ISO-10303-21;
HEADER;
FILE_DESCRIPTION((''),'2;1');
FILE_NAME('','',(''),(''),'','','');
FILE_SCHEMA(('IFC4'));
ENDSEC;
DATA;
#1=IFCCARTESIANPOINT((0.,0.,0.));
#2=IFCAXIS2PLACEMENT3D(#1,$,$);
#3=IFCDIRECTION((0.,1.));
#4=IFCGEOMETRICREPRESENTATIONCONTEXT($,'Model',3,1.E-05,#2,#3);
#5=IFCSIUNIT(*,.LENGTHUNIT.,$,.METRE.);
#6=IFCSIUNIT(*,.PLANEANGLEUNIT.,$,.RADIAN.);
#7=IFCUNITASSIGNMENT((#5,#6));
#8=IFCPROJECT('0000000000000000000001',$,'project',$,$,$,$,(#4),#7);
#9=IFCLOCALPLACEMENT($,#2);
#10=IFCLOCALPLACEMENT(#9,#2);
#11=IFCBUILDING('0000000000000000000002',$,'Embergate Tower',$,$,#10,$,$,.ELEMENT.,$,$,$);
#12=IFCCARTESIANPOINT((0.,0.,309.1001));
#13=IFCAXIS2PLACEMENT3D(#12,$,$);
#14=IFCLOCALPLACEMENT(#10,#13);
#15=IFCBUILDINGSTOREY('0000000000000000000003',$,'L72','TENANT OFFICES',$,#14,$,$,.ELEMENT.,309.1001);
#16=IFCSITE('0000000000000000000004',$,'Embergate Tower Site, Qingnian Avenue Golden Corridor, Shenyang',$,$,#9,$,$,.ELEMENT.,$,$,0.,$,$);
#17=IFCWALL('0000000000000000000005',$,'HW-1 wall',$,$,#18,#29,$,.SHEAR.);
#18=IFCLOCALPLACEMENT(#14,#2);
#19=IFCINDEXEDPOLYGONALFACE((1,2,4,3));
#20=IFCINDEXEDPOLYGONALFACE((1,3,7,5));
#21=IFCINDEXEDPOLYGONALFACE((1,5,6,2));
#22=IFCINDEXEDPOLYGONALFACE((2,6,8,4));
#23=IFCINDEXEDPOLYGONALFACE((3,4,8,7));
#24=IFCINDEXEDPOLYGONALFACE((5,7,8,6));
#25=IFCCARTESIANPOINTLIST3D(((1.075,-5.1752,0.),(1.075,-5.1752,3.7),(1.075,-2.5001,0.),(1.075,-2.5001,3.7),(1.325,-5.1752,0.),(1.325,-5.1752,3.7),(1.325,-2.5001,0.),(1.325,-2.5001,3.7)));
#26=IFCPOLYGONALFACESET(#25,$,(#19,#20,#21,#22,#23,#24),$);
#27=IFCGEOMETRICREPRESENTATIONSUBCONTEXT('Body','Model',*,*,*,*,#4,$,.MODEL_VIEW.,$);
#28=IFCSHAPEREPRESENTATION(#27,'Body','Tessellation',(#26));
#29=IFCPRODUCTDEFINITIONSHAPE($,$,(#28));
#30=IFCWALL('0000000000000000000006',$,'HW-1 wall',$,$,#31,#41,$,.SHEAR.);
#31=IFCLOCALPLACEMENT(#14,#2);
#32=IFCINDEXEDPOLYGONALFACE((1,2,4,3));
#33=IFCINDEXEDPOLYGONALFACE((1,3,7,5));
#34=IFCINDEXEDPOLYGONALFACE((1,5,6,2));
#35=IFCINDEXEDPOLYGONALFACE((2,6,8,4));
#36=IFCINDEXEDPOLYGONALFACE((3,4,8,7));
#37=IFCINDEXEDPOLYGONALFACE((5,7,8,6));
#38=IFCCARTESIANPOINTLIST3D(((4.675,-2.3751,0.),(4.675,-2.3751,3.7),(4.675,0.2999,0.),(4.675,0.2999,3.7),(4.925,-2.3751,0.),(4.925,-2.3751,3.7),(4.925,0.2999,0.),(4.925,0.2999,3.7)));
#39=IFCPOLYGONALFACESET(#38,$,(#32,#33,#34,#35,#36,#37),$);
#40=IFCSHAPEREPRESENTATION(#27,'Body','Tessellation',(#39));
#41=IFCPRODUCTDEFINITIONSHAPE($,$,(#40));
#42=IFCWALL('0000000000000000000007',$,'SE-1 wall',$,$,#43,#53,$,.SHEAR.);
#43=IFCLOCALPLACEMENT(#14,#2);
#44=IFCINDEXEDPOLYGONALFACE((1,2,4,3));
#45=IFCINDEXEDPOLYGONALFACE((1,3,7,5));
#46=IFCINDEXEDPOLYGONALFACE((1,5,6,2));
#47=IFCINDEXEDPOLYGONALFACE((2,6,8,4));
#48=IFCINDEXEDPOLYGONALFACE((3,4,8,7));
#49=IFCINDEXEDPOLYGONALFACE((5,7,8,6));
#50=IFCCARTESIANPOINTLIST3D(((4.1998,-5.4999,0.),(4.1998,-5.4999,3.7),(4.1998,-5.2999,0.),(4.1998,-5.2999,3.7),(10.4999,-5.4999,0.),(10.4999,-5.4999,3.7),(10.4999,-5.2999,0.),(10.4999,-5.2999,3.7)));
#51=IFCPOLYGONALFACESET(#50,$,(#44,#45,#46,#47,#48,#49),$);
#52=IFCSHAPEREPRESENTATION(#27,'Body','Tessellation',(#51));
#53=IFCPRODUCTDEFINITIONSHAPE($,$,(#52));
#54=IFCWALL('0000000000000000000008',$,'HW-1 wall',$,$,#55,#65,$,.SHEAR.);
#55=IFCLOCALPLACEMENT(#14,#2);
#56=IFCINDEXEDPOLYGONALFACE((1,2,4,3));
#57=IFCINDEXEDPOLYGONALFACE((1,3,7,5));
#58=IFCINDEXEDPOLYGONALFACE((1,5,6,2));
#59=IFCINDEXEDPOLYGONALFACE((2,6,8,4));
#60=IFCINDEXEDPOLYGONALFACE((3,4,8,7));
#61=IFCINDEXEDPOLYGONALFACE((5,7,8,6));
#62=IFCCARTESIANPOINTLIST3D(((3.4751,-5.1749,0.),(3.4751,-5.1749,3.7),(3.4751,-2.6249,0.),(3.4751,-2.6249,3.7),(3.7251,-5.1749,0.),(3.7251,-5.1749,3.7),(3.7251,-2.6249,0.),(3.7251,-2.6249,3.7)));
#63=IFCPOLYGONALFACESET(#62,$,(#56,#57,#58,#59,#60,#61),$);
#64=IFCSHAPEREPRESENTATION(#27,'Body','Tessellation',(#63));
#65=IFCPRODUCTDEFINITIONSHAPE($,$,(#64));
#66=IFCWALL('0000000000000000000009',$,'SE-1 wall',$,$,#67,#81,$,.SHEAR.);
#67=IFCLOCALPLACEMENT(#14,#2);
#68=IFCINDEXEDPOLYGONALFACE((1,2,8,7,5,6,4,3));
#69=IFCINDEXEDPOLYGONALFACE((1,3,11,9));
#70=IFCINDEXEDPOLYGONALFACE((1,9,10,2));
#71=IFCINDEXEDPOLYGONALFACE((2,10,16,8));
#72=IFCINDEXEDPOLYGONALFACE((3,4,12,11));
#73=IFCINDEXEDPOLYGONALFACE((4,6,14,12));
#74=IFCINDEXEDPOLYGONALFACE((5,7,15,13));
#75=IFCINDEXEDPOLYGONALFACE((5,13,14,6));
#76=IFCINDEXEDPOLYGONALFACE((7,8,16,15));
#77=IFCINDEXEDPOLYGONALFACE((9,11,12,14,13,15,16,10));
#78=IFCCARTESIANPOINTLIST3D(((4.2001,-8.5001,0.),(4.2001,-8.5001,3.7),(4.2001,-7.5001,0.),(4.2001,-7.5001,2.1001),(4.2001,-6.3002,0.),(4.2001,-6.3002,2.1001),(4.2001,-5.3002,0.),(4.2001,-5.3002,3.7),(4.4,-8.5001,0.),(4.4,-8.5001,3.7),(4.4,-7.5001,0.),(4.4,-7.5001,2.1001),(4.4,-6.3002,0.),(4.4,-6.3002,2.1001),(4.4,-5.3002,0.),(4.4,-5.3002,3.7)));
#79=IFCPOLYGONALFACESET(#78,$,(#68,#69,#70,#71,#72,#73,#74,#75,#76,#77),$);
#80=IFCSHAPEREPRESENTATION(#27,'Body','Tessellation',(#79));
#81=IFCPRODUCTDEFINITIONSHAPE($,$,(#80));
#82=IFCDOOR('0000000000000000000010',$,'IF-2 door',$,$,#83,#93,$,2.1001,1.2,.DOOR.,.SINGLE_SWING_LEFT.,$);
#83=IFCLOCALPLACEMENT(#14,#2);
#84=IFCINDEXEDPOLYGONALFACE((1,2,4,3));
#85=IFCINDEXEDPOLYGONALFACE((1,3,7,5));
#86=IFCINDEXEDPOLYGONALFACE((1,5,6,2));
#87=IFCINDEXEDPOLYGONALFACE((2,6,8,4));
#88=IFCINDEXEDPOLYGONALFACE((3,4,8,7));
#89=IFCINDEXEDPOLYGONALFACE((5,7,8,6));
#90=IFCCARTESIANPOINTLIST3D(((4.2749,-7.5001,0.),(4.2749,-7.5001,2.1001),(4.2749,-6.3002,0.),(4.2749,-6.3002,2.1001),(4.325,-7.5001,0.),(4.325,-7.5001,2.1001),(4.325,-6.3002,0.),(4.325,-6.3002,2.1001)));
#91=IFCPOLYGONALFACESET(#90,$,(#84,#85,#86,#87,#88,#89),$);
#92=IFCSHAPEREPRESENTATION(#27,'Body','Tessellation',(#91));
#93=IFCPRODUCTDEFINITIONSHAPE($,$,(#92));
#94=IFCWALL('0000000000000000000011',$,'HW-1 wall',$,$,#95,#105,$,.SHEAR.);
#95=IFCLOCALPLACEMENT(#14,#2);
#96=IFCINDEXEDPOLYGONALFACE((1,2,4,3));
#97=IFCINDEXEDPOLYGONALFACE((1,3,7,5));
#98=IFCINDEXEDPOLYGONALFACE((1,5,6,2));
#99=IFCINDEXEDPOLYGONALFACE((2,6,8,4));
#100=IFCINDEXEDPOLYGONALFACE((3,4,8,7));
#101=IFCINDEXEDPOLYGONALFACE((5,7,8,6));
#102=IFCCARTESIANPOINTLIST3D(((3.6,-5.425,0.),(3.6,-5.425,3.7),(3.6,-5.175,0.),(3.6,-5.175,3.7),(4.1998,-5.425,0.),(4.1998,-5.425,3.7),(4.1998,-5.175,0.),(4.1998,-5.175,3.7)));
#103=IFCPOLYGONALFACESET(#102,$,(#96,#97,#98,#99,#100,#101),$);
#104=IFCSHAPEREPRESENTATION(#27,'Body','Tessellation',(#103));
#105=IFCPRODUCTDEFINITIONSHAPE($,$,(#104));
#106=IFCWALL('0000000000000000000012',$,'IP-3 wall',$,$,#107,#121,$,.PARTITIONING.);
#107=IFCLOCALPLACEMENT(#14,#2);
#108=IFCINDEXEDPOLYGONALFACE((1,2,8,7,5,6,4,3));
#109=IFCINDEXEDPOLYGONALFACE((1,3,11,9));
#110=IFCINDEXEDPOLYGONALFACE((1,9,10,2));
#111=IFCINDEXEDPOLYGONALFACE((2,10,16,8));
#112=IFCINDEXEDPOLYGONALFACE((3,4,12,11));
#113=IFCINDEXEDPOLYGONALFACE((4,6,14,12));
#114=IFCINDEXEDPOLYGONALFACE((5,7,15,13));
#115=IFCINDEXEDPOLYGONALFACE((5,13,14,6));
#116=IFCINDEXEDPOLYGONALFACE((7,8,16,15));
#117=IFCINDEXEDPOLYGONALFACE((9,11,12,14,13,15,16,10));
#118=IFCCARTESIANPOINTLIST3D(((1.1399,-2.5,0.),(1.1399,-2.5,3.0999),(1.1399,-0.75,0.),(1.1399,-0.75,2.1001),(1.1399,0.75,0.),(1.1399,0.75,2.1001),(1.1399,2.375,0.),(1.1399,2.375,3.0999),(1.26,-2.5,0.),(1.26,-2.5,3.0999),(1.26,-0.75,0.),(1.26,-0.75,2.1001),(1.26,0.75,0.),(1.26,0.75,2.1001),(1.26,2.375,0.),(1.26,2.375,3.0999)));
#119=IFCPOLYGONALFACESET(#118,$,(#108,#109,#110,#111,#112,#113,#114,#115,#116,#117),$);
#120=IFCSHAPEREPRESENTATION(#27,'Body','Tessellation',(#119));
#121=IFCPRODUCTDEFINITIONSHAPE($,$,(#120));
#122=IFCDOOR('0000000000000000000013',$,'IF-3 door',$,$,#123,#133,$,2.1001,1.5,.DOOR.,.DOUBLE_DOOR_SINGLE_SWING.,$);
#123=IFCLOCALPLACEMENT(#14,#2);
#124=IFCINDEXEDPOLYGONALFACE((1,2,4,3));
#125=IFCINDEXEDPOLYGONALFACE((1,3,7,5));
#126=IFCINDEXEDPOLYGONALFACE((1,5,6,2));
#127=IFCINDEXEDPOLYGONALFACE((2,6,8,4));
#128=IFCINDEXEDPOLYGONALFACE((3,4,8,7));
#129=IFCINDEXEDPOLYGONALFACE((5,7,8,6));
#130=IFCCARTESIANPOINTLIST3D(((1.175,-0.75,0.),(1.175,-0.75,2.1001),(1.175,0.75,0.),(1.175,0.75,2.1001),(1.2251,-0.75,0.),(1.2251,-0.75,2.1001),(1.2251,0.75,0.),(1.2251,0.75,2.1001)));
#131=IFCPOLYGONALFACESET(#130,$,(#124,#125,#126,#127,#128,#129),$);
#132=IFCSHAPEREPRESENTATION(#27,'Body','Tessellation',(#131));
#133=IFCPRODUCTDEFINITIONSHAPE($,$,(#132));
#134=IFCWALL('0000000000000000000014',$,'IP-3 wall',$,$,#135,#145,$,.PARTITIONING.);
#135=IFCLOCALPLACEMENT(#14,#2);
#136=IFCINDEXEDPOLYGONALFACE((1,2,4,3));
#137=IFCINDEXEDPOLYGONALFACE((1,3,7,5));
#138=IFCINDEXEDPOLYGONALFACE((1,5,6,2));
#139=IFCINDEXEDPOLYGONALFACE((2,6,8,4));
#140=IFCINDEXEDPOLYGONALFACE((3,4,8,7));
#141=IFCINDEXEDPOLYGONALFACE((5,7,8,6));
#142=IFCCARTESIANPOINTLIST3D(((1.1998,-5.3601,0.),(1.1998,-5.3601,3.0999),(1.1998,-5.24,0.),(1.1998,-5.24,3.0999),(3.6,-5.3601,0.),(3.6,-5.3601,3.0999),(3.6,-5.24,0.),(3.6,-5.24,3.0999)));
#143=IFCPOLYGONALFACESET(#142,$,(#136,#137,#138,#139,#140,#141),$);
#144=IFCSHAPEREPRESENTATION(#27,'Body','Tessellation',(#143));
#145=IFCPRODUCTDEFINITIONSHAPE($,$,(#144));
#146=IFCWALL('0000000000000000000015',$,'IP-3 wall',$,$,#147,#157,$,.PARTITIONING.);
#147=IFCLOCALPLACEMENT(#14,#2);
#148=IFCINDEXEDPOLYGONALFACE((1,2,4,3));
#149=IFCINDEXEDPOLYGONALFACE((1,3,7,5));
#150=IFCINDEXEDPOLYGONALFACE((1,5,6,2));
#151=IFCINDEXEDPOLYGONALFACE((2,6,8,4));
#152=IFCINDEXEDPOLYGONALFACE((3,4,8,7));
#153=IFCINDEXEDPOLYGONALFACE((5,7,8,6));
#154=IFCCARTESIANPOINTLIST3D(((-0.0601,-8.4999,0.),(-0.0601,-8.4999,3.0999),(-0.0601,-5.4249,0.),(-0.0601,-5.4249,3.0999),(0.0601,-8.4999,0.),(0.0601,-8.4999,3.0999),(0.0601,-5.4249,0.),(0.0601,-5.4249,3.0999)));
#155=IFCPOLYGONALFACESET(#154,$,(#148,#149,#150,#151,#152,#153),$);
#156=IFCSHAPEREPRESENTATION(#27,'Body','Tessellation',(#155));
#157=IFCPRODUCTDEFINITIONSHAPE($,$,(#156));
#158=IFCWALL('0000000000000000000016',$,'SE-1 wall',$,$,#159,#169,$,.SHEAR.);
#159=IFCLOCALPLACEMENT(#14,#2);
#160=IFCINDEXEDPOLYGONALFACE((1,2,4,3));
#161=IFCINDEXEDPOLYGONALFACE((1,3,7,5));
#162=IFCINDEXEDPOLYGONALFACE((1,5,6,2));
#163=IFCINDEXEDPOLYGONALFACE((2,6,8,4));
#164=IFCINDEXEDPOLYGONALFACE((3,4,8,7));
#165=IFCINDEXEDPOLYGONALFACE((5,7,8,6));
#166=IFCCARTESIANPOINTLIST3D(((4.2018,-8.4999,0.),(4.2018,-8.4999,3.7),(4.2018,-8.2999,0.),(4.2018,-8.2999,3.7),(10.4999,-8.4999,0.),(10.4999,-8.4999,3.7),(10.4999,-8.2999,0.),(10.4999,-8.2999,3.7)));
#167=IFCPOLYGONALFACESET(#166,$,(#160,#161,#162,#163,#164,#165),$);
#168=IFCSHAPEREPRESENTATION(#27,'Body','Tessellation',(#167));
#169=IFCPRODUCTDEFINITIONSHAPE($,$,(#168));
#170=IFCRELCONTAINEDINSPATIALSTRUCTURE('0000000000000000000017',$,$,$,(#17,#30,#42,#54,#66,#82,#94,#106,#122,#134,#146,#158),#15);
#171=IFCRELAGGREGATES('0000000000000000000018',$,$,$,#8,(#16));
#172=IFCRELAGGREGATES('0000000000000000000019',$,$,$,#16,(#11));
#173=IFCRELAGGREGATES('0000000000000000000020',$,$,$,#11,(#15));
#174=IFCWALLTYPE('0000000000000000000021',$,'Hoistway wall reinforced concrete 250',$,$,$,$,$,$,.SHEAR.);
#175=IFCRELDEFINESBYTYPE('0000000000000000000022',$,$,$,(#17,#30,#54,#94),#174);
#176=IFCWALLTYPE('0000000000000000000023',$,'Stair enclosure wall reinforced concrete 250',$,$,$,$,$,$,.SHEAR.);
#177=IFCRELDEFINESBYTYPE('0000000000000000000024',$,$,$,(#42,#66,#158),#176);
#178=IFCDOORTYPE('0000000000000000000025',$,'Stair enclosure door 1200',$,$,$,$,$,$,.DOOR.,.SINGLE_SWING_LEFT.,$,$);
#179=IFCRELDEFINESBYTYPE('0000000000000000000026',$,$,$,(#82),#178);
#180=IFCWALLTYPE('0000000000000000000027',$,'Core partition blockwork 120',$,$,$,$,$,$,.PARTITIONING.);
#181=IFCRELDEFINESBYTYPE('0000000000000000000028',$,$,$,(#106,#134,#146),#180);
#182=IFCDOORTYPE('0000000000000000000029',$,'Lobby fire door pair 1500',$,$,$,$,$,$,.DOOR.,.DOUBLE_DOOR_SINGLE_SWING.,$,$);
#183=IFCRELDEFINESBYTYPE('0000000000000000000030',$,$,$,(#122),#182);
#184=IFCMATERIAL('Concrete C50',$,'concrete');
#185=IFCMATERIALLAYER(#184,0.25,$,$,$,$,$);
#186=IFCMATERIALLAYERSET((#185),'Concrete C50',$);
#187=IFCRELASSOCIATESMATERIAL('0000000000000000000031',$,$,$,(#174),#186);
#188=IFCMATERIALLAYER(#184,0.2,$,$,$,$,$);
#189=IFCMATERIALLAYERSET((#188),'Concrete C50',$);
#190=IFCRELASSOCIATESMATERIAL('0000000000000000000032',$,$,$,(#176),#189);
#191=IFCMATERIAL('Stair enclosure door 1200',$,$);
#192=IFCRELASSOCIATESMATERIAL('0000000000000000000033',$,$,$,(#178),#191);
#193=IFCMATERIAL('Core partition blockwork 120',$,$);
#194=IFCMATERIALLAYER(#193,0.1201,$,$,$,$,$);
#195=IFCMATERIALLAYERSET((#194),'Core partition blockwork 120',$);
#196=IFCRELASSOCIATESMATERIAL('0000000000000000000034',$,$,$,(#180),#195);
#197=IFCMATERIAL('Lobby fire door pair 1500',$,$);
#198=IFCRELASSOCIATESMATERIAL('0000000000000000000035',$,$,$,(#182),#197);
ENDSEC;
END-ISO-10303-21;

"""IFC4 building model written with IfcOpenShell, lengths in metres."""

from ifc_helpers import new_model, si_unit, direction, frame, frame_2d, origin, place, context, subcontext, project, spatial, rectangle, extrude, source, transform, mapped, material, layer, layer_set, type_object, element, fill, save


model = new_model("IFC4")

# Units and contexts
model_context = context("Model", 3, precision=1e-05, world=origin(), true_north=direction((0.0, 1.0)))
body_context = subcontext(model_context, "Body", "Model", "MODEL_VIEW")
ifc_project = project(units=[si_unit("LENGTHUNIT", "METRE"), si_unit("PLANEANGLEUNIT", "RADIAN")], contexts=[model_context])

# Site, building, storey
site_placement = place(None, origin())
site = spatial("IfcSite", under=ifc_project, at=site_placement, Name="Embergate Tower Site, Qingnian Avenue Golden Corridor, Shenyang", CompositionType="ELEMENT", RefElevation=0.0)
building_placement = place(site_placement, origin())
building = spatial("IfcBuilding", under=site, at=building_placement, Name="Embergate Tower", CompositionType="ELEMENT")
storey_placement = place(building_placement, frame((0.0, 0.0, 309.1001)))
storey = spatial("IfcBuildingStorey", under=building, at=storey_placement, Name="L72", Description="TENANT OFFICES", CompositionType="ELEMENT", Elevation=309.1001)

# Walls
ifc_material_1 = material(Name="Concrete C50", Category="concrete")
ifc_layer_1 = layer(ifc_material_1, 0.25)
ifc_layer_set_1 = layer_set([ifc_layer_1], Name="Concrete C50")
wall_type_1 = type_object("IfcWallType", Name="Hoistway wall reinforced concrete 250", PredefinedType="SHEAR", material=ifc_layer_set_1)
shared_shape_1 = source(origin(), body_context, "Body", "SweptSolid", [
    extrude(rectangle(XDim=2.675, YDim=0.25, at=frame_2d((1.3374, 0.0))), origin(), (0.0, 0.0, 1.0), 3.7),
])
for number, where, z_axis, x_axis, name in (
    (1, (1.2, -5.175, 0.0), (0.0, 0.0, 1.0), (0.0, 1.0, 0.0), "HW-1 wall"),
    (2, (4.8, -2.375, 0.0), (0.0, 0.0, 1.0), (0.0, 1.0, 0.0), "HW-1 wall"),
):
    element("IfcWall", number, at=place(storey_placement, frame(where, z_axis=z_axis, x_axis=x_axis)), inside=storey, type_object=wall_type_1, Name=name, PredefinedType="SHEAR", context=body_context, shape_type="MappedRepresentation", body=[
        mapped(shared_shape_1, transform((0.0, 0.0, 0.0))),
    ])
ifc_layer_2 = layer(ifc_material_1, 0.2)
ifc_layer_set_2 = layer_set([ifc_layer_2], Name="Concrete C50")
wall_type_2 = type_object("IfcWallType", Name="Stair enclosure wall reinforced concrete 250", PredefinedType="SHEAR", material=ifc_layer_set_2)
shared_shape_2 = source(origin(), body_context, "Body", "SweptSolid", [
    extrude(rectangle(XDim=6.3, YDim=0.2, at=frame_2d((3.1499, 0.0))), origin(), (0.0, 0.0, 1.0), 3.7),
])
wall_1_placement = place(storey_placement, frame((4.2, -5.3999, 0.0), z_axis=(0.0, 0.0, 1.0), x_axis=(1.0, 0.0, 0.0)))
element("IfcWall", 3, at=wall_1_placement, inside=storey, type_object=wall_type_2, Name="SE-1 wall", PredefinedType="SHEAR", context=body_context, shape_type="MappedRepresentation", body=[
    mapped(shared_shape_2, transform((0.0, 0.0, 0.0))),
])
shared_shape_3 = source(origin(), body_context, "Body", "SweptSolid", [
    extrude(rectangle(XDim=2.55, YDim=0.25, at=frame_2d((1.2749, 0.0))), origin(), (0.0, 0.0, 1.0), 3.7),
])
wall_2_placement = place(storey_placement, frame((3.6001, -2.625, 0.0), z_axis=(0.0, 0.0, 1.0), x_axis=(0.0, -1.0, 0.0)))
element("IfcWall", 4, at=wall_2_placement, inside=storey, type_object=wall_type_1, Name="HW-1 wall", PredefinedType="SHEAR", context=body_context, shape_type="MappedRepresentation", body=[
    mapped(shared_shape_3, transform((0.0, 0.0, 0.0))),
])

# Wall, opening, door
shared_shape_4 = source(origin(), body_context, "Body", "SweptSolid", [
    extrude(rectangle(XDim=3.2, YDim=0.2, at=frame_2d((1.6001, 0.0))), origin(), (0.0, 0.0, 1.0), 3.7),
])
wall_3_placement = place(storey_placement, frame((4.3, -5.3, 0.0), z_axis=(0.0, 0.0, 1.0), x_axis=(0.0, -1.0, 0.0)))
wall_3 = element("IfcWall", 5, at=wall_3_placement, inside=storey, type_object=wall_type_2, Name="SE-1 wall", PredefinedType="SHEAR", context=body_context, shape_type="MappedRepresentation", body=[
    mapped(shared_shape_4, transform((0.0, 0.0, 0.0))),
])
shared_shape_5 = source(origin(), body_context, "Body", "SweptSolid", [
    extrude(rectangle(XDim=1.2, YDim=2.1001, at=frame_2d((0.6001, 1.05))), frame((0.0, 0.1099, 0.0), z_axis=(0.0, -1.0, 0.0), x_axis=(1.0, 0.0, 0.0)), (0.0, 0.0, 1.0), 0.22),
])
opening_1_placement = place(wall_3_placement, frame((1.0, 0.0, 0.0)))
opening_1 = element("IfcOpeningElement", 6, at=opening_1_placement, cuts=wall_3, PredefinedType="OPENING", context=body_context, shape_type="MappedRepresentation", body=[
    mapped(shared_shape_5, transform((0.0, 0.0, 0.0))),
])
ifc_material_2 = material(Name="Stair enclosure door 1200")
door_type_1 = type_object("IfcDoorType", Name="Stair enclosure door 1200", OperationType="SINGLE_SWING_LEFT", PredefinedType="DOOR", material=ifc_material_2)
shared_shape_6 = source(origin(), body_context, "Body", "SweptSolid", [
    extrude(rectangle(XDim=1.2, YDim=2.1001, at=frame_2d((0.6001, 1.05))), frame((0.0, 0.0249, 0.0), z_axis=(0.0, -1.0, 0.0), x_axis=(1.0, 0.0, 0.0)), (0.0, 0.0, 1.0), 0.05),
])
door_1_placement = place(opening_1_placement, origin())
door_1 = element("IfcDoor", 7, at=door_1_placement, inside=storey, type_object=door_type_1, Name="IF-2 door", OperationType="SINGLE_SWING_LEFT", OverallHeight=2.1001, OverallWidth=1.2, PredefinedType="DOOR", context=body_context, shape_type="MappedRepresentation", body=[
    mapped(shared_shape_6, transform((0.0, 0.0, 0.0))),
])
fill(opening_1, door_1)

# Wall
shared_shape_7 = source(origin(), body_context, "Body", "SweptSolid", [
    extrude(rectangle(XDim=0.5999, YDim=0.25, at=frame_2d((0.2998, 0.0))), origin(), (0.0, 0.0, 1.0), 3.7),
])
wall_4_placement = place(storey_placement, frame((3.6001, -5.3, 0.0), z_axis=(0.0, 0.0, 1.0), x_axis=(1.0, 0.0, 0.0)))
element("IfcWall", 8, at=wall_4_placement, inside=storey, type_object=wall_type_1, Name="HW-1 wall", PredefinedType="SHEAR", context=body_context, shape_type="MappedRepresentation", body=[
    mapped(shared_shape_7, transform((0.0, 0.0, 0.0))),
])

# Wall, opening, door
ifc_material_3 = material(Name="Core partition blockwork 120")
ifc_layer_3 = layer(ifc_material_3, 0.1201)
ifc_layer_set_3 = layer_set([ifc_layer_3], Name="Core partition blockwork 120")
wall_type_3 = type_object("IfcWallType", Name="Core partition blockwork 120", PredefinedType="PARTITIONING", material=ifc_layer_set_3)
shared_shape_8 = source(origin(), body_context, "Body", "SweptSolid", [
    extrude(rectangle(XDim=4.875, YDim=0.1201, at=frame_2d((2.4375, 0.0))), origin(), (0.0, 0.0, 1.0), 3.0999),
])
wall_5_placement = place(storey_placement, frame((1.2, -2.5, 0.0), z_axis=(0.0, 0.0, 1.0), x_axis=(0.0, 1.0, 0.0)))
wall_5 = element("IfcWall", 9, at=wall_5_placement, inside=storey, type_object=wall_type_3, Name="IP-3 wall", PredefinedType="PARTITIONING", context=body_context, shape_type="MappedRepresentation", body=[
    mapped(shared_shape_8, transform((0.0, 0.0, 0.0))),
])
shared_shape_9 = source(origin(), body_context, "Body", "SweptSolid", [
    extrude(rectangle(XDim=1.5, YDim=2.1001, at=frame_2d((0.75, 1.05))), frame((0.0, 0.0701, 0.0), z_axis=(0.0, -1.0, 0.0), x_axis=(1.0, 0.0, 0.0)), (0.0, 0.0, 1.0), 0.1401),
])
opening_2_placement = place(wall_5_placement, frame((1.75, 0.0, 0.0)))
opening_2 = element("IfcOpeningElement", 10, at=opening_2_placement, cuts=wall_5, PredefinedType="OPENING", context=body_context, shape_type="MappedRepresentation", body=[
    mapped(shared_shape_9, transform((0.0, 0.0, 0.0))),
])
ifc_material_4 = material(Name="Lobby fire door pair 1500")
door_type_2 = type_object("IfcDoorType", Name="Lobby fire door pair 1500", OperationType="DOUBLE_DOOR_SINGLE_SWING", PredefinedType="DOOR", material=ifc_material_4)
shared_shape_10 = source(origin(), body_context, "Body", "SweptSolid", [
    extrude(rectangle(XDim=1.5, YDim=2.1001, at=frame_2d((0.75, 1.05))), frame((0.0, 0.0249, 0.0), z_axis=(0.0, -1.0, 0.0), x_axis=(1.0, 0.0, 0.0)), (0.0, 0.0, 1.0), 0.05),
])
door_2_placement = place(opening_2_placement, origin())
door_2 = element("IfcDoor", 11, at=door_2_placement, inside=storey, type_object=door_type_2, Name="IF-3 door", OperationType="DOUBLE_DOOR_SINGLE_SWING", OverallHeight=2.1001, OverallWidth=1.5, PredefinedType="DOOR", context=body_context, shape_type="MappedRepresentation", body=[
    mapped(shared_shape_10, transform((0.0, 0.0, 0.0))),
])
fill(opening_2, door_2)

# Walls
shared_shape_11 = source(origin(), body_context, "Body", "SweptSolid", [
    extrude(rectangle(XDim=2.4001, YDim=0.1201, at=frame_2d((1.2002, 0.0))), origin(), (0.0, 0.0, 1.0), 3.0999),
])
wall_6_placement = place(storey_placement, frame((3.6001, -5.3, 0.0), z_axis=(0.0, 0.0, 1.0), x_axis=(-1.0, 0.0, 0.0)))
element("IfcWall", 12, at=wall_6_placement, inside=storey, type_object=wall_type_3, Name="IP-3 wall", PredefinedType="PARTITIONING", context=body_context, shape_type="MappedRepresentation", body=[
    mapped(shared_shape_11, transform((0.0, 0.0, 0.0))),
])
shared_shape_12 = source(origin(), body_context, "Body", "SweptSolid", [
    extrude(rectangle(XDim=3.075, YDim=0.1201, at=frame_2d((1.5376, 0.0))), origin(), (0.0, 0.0, 1.0), 3.0999),
])
wall_7_placement = place(storey_placement, frame((0.0, -8.5, 0.0), z_axis=(0.0, 0.0, 1.0), x_axis=(0.0, 1.0, 0.0)))
element("IfcWall", 13, at=wall_7_placement, inside=storey, type_object=wall_type_3, Name="IP-3 wall", PredefinedType="PARTITIONING", context=body_context, shape_type="MappedRepresentation", body=[
    mapped(shared_shape_12, transform((0.0, 0.0, 0.0))),
])
shared_shape_13 = source(origin(), body_context, "Body", "SweptSolid", [
    extrude(rectangle(XDim=6.2981, YDim=0.2, at=frame_2d((3.1489, 0.0))), origin(), (0.0, 0.0, 1.0), 3.7),
])
wall_8_placement = place(storey_placement, frame((4.2019, -8.3999, 0.0), z_axis=(0.0, 0.0, 1.0), x_axis=(1.0, 0.0, 0.0)))
element("IfcWall", 14, at=wall_8_placement, inside=storey, type_object=wall_type_2, Name="SE-1 wall", PredefinedType="SHEAR", context=body_context, shape_type="MappedRepresentation", body=[
    mapped(shared_shape_13, transform((0.0, 0.0, 0.0))),
])

save(model, "model.ifc")
